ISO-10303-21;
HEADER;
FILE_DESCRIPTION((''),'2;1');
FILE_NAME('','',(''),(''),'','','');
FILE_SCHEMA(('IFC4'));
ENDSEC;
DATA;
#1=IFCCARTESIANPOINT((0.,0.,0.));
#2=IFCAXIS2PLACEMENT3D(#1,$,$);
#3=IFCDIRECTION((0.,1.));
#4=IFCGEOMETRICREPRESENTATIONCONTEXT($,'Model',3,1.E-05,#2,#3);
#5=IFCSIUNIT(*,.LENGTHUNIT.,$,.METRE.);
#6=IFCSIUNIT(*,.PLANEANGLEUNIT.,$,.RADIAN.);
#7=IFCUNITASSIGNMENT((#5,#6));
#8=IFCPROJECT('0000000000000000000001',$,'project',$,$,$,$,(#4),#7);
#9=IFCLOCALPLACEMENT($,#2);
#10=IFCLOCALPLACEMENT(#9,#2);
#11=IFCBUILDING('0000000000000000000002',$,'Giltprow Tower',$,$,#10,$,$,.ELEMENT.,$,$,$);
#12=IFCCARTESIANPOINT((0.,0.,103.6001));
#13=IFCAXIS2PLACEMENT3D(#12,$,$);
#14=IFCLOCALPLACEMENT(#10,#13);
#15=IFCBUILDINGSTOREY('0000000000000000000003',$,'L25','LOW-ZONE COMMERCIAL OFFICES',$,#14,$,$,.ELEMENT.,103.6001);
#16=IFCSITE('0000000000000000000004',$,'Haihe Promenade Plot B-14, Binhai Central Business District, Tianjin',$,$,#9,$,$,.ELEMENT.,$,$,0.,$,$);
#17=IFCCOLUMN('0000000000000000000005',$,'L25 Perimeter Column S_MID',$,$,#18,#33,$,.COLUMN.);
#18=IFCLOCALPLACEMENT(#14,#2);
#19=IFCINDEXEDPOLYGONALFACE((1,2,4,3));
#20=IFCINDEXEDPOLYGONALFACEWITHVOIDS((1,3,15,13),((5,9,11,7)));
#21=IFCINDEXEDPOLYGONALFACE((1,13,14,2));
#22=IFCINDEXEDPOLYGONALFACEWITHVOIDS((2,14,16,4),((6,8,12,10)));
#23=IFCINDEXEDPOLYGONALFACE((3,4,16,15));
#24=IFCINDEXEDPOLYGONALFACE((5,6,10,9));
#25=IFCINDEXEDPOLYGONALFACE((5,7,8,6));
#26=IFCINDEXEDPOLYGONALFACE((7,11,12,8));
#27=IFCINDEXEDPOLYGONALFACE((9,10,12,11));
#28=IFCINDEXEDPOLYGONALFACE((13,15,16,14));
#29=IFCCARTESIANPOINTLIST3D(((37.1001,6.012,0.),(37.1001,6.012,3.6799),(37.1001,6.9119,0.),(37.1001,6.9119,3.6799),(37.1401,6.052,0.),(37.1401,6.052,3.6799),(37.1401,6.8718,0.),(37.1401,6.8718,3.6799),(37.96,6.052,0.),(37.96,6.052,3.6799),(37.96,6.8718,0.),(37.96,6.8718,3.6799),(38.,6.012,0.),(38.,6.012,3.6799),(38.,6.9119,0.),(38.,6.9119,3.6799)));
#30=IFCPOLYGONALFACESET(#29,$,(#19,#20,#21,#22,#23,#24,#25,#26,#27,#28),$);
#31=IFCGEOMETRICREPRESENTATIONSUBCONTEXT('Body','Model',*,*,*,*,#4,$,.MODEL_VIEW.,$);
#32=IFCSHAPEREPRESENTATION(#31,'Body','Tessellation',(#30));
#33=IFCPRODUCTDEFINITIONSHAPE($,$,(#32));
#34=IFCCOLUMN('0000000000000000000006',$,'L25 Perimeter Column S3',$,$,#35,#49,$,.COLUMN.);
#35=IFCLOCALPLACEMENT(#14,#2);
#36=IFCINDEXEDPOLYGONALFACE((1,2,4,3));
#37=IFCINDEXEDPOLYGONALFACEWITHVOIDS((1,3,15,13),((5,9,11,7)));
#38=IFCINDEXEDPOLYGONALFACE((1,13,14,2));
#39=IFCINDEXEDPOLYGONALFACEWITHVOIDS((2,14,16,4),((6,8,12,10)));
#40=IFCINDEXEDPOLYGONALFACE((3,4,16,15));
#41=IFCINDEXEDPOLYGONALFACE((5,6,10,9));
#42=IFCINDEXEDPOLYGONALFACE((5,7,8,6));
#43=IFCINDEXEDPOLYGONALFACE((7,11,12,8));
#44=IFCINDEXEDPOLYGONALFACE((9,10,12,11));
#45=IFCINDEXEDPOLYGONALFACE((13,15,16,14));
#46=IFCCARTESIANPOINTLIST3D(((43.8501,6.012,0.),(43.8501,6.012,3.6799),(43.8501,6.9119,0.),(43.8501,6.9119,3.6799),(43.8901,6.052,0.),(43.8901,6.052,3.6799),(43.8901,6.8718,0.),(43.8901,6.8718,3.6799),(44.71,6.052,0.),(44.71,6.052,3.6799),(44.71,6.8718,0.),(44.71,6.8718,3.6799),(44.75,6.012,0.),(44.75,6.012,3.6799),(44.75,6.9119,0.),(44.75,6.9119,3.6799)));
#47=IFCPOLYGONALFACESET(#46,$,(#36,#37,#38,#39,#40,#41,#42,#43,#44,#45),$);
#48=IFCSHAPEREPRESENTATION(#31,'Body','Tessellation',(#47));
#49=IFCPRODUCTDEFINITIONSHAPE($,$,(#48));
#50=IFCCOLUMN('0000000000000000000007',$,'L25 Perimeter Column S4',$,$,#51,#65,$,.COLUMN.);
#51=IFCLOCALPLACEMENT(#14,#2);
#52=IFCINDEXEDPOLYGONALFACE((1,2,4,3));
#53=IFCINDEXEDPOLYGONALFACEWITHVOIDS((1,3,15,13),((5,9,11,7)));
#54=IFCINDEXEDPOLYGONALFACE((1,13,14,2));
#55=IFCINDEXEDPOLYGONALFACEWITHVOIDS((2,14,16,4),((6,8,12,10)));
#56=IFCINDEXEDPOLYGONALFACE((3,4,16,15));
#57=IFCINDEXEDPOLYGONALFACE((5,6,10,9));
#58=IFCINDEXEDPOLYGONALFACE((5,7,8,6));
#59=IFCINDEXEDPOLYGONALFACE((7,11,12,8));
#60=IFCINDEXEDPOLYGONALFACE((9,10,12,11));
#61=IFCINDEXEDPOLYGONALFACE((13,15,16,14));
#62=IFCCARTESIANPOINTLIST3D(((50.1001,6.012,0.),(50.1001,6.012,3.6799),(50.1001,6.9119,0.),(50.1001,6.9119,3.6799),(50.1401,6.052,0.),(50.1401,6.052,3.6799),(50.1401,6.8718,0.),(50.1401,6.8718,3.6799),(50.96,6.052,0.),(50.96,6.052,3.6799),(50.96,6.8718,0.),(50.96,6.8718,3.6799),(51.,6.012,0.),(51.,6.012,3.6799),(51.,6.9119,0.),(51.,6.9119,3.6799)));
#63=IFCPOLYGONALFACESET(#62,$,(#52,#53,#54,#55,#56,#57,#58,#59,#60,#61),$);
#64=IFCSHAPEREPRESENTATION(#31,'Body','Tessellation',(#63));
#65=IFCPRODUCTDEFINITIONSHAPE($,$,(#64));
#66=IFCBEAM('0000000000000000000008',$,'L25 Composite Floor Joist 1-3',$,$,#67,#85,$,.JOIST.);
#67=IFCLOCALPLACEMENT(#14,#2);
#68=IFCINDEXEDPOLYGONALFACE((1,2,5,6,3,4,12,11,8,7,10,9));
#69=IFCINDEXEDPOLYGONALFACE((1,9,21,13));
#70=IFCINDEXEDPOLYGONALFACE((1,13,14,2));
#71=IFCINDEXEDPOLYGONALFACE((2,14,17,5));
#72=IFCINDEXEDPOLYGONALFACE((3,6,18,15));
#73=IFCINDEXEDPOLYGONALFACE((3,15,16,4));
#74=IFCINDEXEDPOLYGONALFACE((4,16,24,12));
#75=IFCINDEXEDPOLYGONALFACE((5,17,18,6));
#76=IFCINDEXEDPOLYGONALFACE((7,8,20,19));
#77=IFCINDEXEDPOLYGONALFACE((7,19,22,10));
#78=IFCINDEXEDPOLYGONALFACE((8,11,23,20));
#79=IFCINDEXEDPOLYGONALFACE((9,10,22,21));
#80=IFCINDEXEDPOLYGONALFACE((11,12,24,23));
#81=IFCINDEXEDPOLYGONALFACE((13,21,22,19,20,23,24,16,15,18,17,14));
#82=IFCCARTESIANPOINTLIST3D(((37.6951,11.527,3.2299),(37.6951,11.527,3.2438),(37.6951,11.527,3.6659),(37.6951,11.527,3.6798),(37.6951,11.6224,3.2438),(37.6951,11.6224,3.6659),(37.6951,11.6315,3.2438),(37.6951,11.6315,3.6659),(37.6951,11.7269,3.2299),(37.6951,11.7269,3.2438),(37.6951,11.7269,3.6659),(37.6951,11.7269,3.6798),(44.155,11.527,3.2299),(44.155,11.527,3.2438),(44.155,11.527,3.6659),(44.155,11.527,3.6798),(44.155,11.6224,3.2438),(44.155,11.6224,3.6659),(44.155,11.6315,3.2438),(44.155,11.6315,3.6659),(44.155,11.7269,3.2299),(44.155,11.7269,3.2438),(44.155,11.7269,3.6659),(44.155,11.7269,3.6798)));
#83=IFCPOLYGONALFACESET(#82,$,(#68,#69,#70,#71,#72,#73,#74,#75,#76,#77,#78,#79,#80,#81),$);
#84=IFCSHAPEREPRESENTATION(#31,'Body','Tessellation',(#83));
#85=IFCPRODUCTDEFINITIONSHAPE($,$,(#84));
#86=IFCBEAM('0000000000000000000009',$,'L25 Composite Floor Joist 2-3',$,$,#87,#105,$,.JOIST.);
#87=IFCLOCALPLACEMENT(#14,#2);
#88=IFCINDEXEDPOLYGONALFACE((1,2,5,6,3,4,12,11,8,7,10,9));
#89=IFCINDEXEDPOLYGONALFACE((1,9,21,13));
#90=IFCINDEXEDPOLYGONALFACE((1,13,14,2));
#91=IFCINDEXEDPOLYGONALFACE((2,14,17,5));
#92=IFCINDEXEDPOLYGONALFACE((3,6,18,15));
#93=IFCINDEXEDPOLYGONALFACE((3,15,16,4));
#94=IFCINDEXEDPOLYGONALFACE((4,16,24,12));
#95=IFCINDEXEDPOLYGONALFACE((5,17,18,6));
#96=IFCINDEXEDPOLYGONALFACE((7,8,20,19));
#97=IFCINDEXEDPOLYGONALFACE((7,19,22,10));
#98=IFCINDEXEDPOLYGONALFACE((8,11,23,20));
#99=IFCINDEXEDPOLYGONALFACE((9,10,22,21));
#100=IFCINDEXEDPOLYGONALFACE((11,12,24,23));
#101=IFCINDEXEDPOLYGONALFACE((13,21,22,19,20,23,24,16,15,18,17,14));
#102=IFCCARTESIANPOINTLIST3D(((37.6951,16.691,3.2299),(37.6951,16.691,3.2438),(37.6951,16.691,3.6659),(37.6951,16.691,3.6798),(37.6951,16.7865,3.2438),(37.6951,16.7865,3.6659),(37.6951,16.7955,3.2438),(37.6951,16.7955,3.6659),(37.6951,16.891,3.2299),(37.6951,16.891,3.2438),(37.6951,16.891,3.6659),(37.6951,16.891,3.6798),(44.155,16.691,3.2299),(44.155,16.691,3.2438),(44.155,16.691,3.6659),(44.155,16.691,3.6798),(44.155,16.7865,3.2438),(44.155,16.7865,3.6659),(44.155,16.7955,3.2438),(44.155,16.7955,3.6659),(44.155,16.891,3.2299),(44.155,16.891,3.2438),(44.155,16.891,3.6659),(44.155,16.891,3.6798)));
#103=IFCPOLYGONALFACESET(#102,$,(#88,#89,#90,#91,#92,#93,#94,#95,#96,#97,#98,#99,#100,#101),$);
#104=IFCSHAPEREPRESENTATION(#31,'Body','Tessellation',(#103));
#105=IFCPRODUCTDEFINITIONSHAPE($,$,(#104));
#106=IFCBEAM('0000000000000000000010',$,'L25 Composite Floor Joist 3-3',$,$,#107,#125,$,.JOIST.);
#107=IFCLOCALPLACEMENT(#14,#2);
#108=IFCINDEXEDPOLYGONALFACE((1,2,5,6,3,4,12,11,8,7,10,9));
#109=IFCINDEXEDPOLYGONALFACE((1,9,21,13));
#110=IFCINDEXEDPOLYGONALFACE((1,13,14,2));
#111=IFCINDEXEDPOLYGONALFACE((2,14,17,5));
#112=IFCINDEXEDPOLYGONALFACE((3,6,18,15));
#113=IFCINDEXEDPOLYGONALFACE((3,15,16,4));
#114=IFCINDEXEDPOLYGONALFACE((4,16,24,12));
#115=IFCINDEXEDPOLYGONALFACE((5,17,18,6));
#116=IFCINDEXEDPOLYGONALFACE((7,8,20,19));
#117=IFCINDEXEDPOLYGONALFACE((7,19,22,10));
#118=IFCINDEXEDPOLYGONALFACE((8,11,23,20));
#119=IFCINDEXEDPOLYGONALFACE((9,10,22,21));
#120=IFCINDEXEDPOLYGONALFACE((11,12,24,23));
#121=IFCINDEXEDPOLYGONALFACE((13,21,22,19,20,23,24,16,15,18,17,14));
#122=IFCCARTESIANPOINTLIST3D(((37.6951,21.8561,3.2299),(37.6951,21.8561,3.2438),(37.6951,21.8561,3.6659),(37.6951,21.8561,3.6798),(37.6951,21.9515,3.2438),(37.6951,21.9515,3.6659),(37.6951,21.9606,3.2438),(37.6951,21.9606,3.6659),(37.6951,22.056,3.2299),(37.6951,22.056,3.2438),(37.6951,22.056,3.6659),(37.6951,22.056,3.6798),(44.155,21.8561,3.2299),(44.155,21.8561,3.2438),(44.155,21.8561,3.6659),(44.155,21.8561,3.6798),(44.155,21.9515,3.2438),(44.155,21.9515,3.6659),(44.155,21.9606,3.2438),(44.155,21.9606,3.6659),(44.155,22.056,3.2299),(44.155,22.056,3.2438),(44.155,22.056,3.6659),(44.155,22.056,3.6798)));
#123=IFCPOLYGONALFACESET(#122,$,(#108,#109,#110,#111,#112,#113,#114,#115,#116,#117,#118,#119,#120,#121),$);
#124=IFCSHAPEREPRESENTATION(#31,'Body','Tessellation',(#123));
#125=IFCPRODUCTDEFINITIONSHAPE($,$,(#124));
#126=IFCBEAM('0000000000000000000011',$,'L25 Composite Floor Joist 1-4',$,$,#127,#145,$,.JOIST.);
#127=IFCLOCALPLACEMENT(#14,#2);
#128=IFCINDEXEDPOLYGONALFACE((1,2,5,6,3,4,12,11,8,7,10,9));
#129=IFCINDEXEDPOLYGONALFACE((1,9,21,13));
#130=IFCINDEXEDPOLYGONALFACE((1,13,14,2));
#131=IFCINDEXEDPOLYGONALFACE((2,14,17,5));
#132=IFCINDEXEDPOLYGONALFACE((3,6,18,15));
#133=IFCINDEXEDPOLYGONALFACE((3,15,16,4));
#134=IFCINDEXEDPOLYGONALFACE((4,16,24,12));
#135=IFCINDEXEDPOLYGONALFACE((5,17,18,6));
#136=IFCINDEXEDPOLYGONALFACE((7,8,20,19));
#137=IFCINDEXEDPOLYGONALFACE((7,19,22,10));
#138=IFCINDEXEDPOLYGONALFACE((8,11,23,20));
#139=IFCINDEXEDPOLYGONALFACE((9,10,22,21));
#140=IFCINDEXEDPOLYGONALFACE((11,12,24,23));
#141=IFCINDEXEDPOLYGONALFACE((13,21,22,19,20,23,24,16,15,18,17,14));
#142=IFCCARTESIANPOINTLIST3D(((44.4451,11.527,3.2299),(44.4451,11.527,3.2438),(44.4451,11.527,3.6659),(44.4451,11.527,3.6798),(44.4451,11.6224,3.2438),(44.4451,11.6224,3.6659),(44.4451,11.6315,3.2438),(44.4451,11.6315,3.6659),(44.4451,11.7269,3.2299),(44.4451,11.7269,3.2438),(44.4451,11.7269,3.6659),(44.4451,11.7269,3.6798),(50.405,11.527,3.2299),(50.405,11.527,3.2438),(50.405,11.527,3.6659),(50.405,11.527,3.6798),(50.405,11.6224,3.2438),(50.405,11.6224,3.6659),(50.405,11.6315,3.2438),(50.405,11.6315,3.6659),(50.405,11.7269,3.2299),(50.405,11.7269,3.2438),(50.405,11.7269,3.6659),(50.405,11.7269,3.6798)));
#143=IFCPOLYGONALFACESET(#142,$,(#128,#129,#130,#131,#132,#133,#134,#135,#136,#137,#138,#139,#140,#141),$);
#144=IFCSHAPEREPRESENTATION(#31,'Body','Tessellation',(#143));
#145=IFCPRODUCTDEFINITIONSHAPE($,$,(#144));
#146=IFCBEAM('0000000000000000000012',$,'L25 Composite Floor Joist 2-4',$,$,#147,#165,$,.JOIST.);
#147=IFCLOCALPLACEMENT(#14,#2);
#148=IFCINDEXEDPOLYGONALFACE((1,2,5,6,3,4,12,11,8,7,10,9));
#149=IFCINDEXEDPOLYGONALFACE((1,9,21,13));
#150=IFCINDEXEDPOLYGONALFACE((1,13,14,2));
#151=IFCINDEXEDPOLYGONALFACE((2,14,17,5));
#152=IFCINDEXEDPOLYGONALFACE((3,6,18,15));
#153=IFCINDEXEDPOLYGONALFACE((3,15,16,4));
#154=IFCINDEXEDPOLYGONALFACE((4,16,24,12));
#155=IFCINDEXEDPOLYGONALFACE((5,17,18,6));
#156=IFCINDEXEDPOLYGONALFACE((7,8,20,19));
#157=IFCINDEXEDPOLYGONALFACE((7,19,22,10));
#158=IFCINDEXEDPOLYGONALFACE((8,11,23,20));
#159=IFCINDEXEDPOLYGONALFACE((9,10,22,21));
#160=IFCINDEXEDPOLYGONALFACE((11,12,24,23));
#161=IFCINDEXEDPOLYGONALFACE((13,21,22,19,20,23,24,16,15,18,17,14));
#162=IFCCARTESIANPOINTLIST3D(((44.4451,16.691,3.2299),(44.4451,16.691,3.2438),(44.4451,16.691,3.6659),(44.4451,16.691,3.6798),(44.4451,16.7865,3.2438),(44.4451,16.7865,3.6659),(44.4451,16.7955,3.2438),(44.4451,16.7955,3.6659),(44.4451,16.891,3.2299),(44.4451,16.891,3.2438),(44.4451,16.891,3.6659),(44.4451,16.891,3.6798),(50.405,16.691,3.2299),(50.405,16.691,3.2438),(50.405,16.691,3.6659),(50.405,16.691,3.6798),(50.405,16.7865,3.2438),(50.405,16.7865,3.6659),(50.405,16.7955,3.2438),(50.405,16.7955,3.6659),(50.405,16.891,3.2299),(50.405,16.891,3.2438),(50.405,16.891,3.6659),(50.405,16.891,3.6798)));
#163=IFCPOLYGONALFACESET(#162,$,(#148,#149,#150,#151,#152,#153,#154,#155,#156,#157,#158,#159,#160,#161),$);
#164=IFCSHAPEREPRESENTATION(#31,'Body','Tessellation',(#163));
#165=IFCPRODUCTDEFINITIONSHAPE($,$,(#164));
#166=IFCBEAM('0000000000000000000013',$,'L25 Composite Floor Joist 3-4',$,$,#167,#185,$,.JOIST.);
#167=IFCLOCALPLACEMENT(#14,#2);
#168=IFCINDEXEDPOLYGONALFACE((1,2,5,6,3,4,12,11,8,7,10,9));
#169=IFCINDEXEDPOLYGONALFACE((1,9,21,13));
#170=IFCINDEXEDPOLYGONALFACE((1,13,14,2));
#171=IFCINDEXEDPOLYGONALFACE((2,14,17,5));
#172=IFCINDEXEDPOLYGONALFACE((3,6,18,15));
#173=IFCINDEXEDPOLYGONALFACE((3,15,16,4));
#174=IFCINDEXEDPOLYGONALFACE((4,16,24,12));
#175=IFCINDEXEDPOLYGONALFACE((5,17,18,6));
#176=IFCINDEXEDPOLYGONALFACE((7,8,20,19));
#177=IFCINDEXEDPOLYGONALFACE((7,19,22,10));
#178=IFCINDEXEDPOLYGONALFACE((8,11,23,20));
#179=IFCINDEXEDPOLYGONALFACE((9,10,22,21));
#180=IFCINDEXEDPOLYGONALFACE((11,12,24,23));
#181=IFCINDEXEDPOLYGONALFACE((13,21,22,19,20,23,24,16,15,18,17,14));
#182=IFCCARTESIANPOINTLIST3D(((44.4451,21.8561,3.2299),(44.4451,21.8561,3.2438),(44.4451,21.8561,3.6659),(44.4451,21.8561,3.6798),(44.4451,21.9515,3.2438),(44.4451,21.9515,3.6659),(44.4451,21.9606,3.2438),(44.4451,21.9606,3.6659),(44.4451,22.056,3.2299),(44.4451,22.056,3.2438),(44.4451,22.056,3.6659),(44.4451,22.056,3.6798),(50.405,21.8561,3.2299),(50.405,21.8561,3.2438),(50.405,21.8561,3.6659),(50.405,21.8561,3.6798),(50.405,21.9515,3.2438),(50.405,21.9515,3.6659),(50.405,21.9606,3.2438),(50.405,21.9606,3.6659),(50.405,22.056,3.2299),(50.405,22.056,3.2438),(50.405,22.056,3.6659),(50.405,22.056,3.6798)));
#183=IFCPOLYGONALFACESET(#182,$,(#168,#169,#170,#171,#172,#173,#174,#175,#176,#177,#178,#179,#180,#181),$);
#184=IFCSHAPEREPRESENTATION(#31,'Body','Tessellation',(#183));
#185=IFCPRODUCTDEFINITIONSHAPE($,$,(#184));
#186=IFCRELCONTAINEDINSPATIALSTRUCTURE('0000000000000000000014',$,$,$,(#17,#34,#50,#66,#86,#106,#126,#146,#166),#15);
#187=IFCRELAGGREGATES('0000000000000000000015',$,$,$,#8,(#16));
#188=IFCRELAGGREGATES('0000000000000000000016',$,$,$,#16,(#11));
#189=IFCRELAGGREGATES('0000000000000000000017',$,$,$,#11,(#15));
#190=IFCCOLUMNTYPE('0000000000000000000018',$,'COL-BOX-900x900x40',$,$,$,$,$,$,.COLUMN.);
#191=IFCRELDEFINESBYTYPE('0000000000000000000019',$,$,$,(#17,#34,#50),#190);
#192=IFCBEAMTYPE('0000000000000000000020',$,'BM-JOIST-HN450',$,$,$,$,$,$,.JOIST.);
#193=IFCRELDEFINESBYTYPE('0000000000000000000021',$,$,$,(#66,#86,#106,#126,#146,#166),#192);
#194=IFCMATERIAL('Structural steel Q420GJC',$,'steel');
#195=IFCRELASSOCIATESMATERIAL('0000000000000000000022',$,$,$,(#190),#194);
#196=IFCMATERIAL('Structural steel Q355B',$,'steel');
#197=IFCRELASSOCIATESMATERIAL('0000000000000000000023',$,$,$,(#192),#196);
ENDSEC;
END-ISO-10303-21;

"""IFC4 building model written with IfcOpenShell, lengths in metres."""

from ifc_helpers import new_model, si_unit, direction, frame, origin, origin_2d, place, context, subcontext, project, spatial, hollow_rectangle, i_section, extrude, source, transform, mapped, material, material_profile, profile_set, type_object, element, save


model = new_model("IFC4")

# Units and contexts
model_context = context("Model", 3, precision=1e-05, world=origin(), true_north=direction((0.0, 1.0)))
body_context = subcontext(model_context, "Body", "Model", "MODEL_VIEW")
ifc_project = project(units=[si_unit("LENGTHUNIT", "METRE"), si_unit("PLANEANGLEUNIT", "RADIAN")], contexts=[model_context])

# Site, building, storey
site_placement = place(None, origin())
site = spatial("IfcSite", under=ifc_project, at=site_placement, Name="Haihe Promenade Plot B-14, Binhai Central Business District, Tianjin", CompositionType="ELEMENT", RefElevation=0.0)
building_placement = place(site_placement, origin())
building = spatial("IfcBuilding", under=site, at=building_placement, Name="Giltprow Tower", CompositionType="ELEMENT")
storey_placement = place(building_placement, frame((0.0, 0.0, 103.6001)))
storey = spatial("IfcBuildingStorey", under=building, at=storey_placement, Name="L25", Description="LOW-ZONE COMMERCIAL OFFICES", CompositionType="ELEMENT", Elevation=103.6001)

# Columns
ifc_material_1 = material(Name="Structural steel Q420GJC", Category="steel")
ifc_material_profile_1 = material_profile(ifc_material_1, hollow_rectangle(XDim=0.8999, YDim=0.8999, WallThickness=0.04, at=origin_2d()), Name="BOX 900x900x40")
ifc_profile_set_1 = profile_set([ifc_material_profile_1], Name="Structural steel Q420GJC")
column_type = type_object("IfcColumnType", Name="COL-BOX-900x900x40", PredefinedType="COLUMN", material=ifc_profile_set_1)
shared_shape_1 = source(origin(), body_context, "Body", "SweptSolid", [
    extrude(hollow_rectangle(XDim=0.8999, YDim=0.8999, WallThickness=0.04, at=origin_2d()), origin(), (0.0, 0.0, 1.0), 3.6799),
])
for number, where, z_axis, x_axis, name in (
    (1, (37.55, 6.4619, 0.0), (0.0, 0.0, 1.0), (1.0, 0.0, 0.0), "L25 Perimeter Column S_MID"),
    (2, (44.3, 6.4619, 0.0), (0.0, 0.0, 1.0), (1.0, 0.0, 0.0), "L25 Perimeter Column S3"),
    (3, (50.55, 6.4619, 0.0), (0.0, 0.0, 1.0), (1.0, 0.0, 0.0), "L25 Perimeter Column S4"),
):
    element("IfcColumn", number, at=place(storey_placement, frame(where, z_axis=z_axis, x_axis=x_axis)), inside=storey, type_object=column_type, Name=name, PredefinedType="COLUMN", context=body_context, shape_type="MappedRepresentation", body=[
        mapped(shared_shape_1, transform((0.0, 0.0, 0.0), x_axis=(1.0, 0.0, 0.0), y_axis=(0.0, 1.0, 0.0), z_axis=(0.0, 0.0, 1.0), scale=1.0)),
    ])

# Beams
ifc_material_2 = material(Name="Structural steel Q355B", Category="steel")
ifc_material_profile_2 = material_profile(ifc_material_2, i_section(OverallWidth=0.2, OverallDepth=0.45, WebThickness=0.009, FlangeThickness=0.0139, at=origin_2d()), Name="HN 450x200x9x14")
ifc_profile_set_2 = profile_set([ifc_material_profile_2], Name="Structural steel Q355B")
beam_type_1 = type_object("IfcBeamType", Name="BM-JOIST-HN450", PredefinedType="JOIST", material=ifc_profile_set_2)
shared_shape_2 = source(origin(), body_context, "Body", "SweptSolid", [
    extrude(i_section(OverallWidth=0.2, OverallDepth=0.45, WebThickness=0.009, FlangeThickness=0.0139, at=origin_2d()), origin(), (0.0, 0.0, 1.0), 6.46),
])
for number, where, z_axis, x_axis, name in (
    (4, (37.6951, 11.627, 3.4548), (1.0, 0.0, 0.0), (0.0, 1.0, 0.0), "L25 Composite Floor Joist 1-3"),
    (5, (37.6951, 16.791, 3.4548), (1.0, 0.0, 0.0), (0.0, 1.0, 0.0), "L25 Composite Floor Joist 2-3"),
    (6, (37.6951, 21.9561, 3.4548), (1.0, 0.0, 0.0), (0.0, 1.0, 0.0), "L25 Composite Floor Joist 3-3"),
):
    element("IfcBeam", number, at=place(storey_placement, frame(where, z_axis=z_axis, x_axis=x_axis)), inside=storey, type_object=beam_type_1, Name=name, PredefinedType="JOIST", context=body_context, shape_type="MappedRepresentation", body=[
        mapped(shared_shape_2, transform((0.0, 0.0, 0.0), x_axis=(1.0, 0.0, 0.0), y_axis=(0.0, 1.0, 0.0), z_axis=(0.0, 0.0, 1.0), scale=1.0)),
    ])
shared_shape_3 = source(origin(), body_context, "Body", "SweptSolid", [
    extrude(i_section(OverallWidth=0.2, OverallDepth=0.45, WebThickness=0.009, FlangeThickness=0.0139, at=origin_2d()), origin(), (0.0, 0.0, 1.0), 5.96),
])
for number, where, z_axis, x_axis, name in (
    (7, (44.4451, 11.627, 3.4548), (1.0, 0.0, 0.0), (0.0, 1.0, 0.0), "L25 Composite Floor Joist 1-4"),
    (8, (44.4451, 16.791, 3.4548), (1.0, 0.0, 0.0), (0.0, 1.0, 0.0), "L25 Composite Floor Joist 2-4"),
    (9, (44.4451, 21.9561, 3.4548), (1.0, 0.0, 0.0), (0.0, 1.0, 0.0), "L25 Composite Floor Joist 3-4"),
):
    element("IfcBeam", number, at=place(storey_placement, frame(where, z_axis=z_axis, x_axis=x_axis)), inside=storey, type_object=beam_type_1, Name=name, PredefinedType="JOIST", context=body_context, shape_type="MappedRepresentation", body=[
        mapped(shared_shape_3, transform((0.0, 0.0, 0.0), x_axis=(1.0, 0.0, 0.0), y_axis=(0.0, 1.0, 0.0), z_axis=(0.0, 0.0, 1.0), scale=1.0)),
    ])

save(model, "model.ifc")
